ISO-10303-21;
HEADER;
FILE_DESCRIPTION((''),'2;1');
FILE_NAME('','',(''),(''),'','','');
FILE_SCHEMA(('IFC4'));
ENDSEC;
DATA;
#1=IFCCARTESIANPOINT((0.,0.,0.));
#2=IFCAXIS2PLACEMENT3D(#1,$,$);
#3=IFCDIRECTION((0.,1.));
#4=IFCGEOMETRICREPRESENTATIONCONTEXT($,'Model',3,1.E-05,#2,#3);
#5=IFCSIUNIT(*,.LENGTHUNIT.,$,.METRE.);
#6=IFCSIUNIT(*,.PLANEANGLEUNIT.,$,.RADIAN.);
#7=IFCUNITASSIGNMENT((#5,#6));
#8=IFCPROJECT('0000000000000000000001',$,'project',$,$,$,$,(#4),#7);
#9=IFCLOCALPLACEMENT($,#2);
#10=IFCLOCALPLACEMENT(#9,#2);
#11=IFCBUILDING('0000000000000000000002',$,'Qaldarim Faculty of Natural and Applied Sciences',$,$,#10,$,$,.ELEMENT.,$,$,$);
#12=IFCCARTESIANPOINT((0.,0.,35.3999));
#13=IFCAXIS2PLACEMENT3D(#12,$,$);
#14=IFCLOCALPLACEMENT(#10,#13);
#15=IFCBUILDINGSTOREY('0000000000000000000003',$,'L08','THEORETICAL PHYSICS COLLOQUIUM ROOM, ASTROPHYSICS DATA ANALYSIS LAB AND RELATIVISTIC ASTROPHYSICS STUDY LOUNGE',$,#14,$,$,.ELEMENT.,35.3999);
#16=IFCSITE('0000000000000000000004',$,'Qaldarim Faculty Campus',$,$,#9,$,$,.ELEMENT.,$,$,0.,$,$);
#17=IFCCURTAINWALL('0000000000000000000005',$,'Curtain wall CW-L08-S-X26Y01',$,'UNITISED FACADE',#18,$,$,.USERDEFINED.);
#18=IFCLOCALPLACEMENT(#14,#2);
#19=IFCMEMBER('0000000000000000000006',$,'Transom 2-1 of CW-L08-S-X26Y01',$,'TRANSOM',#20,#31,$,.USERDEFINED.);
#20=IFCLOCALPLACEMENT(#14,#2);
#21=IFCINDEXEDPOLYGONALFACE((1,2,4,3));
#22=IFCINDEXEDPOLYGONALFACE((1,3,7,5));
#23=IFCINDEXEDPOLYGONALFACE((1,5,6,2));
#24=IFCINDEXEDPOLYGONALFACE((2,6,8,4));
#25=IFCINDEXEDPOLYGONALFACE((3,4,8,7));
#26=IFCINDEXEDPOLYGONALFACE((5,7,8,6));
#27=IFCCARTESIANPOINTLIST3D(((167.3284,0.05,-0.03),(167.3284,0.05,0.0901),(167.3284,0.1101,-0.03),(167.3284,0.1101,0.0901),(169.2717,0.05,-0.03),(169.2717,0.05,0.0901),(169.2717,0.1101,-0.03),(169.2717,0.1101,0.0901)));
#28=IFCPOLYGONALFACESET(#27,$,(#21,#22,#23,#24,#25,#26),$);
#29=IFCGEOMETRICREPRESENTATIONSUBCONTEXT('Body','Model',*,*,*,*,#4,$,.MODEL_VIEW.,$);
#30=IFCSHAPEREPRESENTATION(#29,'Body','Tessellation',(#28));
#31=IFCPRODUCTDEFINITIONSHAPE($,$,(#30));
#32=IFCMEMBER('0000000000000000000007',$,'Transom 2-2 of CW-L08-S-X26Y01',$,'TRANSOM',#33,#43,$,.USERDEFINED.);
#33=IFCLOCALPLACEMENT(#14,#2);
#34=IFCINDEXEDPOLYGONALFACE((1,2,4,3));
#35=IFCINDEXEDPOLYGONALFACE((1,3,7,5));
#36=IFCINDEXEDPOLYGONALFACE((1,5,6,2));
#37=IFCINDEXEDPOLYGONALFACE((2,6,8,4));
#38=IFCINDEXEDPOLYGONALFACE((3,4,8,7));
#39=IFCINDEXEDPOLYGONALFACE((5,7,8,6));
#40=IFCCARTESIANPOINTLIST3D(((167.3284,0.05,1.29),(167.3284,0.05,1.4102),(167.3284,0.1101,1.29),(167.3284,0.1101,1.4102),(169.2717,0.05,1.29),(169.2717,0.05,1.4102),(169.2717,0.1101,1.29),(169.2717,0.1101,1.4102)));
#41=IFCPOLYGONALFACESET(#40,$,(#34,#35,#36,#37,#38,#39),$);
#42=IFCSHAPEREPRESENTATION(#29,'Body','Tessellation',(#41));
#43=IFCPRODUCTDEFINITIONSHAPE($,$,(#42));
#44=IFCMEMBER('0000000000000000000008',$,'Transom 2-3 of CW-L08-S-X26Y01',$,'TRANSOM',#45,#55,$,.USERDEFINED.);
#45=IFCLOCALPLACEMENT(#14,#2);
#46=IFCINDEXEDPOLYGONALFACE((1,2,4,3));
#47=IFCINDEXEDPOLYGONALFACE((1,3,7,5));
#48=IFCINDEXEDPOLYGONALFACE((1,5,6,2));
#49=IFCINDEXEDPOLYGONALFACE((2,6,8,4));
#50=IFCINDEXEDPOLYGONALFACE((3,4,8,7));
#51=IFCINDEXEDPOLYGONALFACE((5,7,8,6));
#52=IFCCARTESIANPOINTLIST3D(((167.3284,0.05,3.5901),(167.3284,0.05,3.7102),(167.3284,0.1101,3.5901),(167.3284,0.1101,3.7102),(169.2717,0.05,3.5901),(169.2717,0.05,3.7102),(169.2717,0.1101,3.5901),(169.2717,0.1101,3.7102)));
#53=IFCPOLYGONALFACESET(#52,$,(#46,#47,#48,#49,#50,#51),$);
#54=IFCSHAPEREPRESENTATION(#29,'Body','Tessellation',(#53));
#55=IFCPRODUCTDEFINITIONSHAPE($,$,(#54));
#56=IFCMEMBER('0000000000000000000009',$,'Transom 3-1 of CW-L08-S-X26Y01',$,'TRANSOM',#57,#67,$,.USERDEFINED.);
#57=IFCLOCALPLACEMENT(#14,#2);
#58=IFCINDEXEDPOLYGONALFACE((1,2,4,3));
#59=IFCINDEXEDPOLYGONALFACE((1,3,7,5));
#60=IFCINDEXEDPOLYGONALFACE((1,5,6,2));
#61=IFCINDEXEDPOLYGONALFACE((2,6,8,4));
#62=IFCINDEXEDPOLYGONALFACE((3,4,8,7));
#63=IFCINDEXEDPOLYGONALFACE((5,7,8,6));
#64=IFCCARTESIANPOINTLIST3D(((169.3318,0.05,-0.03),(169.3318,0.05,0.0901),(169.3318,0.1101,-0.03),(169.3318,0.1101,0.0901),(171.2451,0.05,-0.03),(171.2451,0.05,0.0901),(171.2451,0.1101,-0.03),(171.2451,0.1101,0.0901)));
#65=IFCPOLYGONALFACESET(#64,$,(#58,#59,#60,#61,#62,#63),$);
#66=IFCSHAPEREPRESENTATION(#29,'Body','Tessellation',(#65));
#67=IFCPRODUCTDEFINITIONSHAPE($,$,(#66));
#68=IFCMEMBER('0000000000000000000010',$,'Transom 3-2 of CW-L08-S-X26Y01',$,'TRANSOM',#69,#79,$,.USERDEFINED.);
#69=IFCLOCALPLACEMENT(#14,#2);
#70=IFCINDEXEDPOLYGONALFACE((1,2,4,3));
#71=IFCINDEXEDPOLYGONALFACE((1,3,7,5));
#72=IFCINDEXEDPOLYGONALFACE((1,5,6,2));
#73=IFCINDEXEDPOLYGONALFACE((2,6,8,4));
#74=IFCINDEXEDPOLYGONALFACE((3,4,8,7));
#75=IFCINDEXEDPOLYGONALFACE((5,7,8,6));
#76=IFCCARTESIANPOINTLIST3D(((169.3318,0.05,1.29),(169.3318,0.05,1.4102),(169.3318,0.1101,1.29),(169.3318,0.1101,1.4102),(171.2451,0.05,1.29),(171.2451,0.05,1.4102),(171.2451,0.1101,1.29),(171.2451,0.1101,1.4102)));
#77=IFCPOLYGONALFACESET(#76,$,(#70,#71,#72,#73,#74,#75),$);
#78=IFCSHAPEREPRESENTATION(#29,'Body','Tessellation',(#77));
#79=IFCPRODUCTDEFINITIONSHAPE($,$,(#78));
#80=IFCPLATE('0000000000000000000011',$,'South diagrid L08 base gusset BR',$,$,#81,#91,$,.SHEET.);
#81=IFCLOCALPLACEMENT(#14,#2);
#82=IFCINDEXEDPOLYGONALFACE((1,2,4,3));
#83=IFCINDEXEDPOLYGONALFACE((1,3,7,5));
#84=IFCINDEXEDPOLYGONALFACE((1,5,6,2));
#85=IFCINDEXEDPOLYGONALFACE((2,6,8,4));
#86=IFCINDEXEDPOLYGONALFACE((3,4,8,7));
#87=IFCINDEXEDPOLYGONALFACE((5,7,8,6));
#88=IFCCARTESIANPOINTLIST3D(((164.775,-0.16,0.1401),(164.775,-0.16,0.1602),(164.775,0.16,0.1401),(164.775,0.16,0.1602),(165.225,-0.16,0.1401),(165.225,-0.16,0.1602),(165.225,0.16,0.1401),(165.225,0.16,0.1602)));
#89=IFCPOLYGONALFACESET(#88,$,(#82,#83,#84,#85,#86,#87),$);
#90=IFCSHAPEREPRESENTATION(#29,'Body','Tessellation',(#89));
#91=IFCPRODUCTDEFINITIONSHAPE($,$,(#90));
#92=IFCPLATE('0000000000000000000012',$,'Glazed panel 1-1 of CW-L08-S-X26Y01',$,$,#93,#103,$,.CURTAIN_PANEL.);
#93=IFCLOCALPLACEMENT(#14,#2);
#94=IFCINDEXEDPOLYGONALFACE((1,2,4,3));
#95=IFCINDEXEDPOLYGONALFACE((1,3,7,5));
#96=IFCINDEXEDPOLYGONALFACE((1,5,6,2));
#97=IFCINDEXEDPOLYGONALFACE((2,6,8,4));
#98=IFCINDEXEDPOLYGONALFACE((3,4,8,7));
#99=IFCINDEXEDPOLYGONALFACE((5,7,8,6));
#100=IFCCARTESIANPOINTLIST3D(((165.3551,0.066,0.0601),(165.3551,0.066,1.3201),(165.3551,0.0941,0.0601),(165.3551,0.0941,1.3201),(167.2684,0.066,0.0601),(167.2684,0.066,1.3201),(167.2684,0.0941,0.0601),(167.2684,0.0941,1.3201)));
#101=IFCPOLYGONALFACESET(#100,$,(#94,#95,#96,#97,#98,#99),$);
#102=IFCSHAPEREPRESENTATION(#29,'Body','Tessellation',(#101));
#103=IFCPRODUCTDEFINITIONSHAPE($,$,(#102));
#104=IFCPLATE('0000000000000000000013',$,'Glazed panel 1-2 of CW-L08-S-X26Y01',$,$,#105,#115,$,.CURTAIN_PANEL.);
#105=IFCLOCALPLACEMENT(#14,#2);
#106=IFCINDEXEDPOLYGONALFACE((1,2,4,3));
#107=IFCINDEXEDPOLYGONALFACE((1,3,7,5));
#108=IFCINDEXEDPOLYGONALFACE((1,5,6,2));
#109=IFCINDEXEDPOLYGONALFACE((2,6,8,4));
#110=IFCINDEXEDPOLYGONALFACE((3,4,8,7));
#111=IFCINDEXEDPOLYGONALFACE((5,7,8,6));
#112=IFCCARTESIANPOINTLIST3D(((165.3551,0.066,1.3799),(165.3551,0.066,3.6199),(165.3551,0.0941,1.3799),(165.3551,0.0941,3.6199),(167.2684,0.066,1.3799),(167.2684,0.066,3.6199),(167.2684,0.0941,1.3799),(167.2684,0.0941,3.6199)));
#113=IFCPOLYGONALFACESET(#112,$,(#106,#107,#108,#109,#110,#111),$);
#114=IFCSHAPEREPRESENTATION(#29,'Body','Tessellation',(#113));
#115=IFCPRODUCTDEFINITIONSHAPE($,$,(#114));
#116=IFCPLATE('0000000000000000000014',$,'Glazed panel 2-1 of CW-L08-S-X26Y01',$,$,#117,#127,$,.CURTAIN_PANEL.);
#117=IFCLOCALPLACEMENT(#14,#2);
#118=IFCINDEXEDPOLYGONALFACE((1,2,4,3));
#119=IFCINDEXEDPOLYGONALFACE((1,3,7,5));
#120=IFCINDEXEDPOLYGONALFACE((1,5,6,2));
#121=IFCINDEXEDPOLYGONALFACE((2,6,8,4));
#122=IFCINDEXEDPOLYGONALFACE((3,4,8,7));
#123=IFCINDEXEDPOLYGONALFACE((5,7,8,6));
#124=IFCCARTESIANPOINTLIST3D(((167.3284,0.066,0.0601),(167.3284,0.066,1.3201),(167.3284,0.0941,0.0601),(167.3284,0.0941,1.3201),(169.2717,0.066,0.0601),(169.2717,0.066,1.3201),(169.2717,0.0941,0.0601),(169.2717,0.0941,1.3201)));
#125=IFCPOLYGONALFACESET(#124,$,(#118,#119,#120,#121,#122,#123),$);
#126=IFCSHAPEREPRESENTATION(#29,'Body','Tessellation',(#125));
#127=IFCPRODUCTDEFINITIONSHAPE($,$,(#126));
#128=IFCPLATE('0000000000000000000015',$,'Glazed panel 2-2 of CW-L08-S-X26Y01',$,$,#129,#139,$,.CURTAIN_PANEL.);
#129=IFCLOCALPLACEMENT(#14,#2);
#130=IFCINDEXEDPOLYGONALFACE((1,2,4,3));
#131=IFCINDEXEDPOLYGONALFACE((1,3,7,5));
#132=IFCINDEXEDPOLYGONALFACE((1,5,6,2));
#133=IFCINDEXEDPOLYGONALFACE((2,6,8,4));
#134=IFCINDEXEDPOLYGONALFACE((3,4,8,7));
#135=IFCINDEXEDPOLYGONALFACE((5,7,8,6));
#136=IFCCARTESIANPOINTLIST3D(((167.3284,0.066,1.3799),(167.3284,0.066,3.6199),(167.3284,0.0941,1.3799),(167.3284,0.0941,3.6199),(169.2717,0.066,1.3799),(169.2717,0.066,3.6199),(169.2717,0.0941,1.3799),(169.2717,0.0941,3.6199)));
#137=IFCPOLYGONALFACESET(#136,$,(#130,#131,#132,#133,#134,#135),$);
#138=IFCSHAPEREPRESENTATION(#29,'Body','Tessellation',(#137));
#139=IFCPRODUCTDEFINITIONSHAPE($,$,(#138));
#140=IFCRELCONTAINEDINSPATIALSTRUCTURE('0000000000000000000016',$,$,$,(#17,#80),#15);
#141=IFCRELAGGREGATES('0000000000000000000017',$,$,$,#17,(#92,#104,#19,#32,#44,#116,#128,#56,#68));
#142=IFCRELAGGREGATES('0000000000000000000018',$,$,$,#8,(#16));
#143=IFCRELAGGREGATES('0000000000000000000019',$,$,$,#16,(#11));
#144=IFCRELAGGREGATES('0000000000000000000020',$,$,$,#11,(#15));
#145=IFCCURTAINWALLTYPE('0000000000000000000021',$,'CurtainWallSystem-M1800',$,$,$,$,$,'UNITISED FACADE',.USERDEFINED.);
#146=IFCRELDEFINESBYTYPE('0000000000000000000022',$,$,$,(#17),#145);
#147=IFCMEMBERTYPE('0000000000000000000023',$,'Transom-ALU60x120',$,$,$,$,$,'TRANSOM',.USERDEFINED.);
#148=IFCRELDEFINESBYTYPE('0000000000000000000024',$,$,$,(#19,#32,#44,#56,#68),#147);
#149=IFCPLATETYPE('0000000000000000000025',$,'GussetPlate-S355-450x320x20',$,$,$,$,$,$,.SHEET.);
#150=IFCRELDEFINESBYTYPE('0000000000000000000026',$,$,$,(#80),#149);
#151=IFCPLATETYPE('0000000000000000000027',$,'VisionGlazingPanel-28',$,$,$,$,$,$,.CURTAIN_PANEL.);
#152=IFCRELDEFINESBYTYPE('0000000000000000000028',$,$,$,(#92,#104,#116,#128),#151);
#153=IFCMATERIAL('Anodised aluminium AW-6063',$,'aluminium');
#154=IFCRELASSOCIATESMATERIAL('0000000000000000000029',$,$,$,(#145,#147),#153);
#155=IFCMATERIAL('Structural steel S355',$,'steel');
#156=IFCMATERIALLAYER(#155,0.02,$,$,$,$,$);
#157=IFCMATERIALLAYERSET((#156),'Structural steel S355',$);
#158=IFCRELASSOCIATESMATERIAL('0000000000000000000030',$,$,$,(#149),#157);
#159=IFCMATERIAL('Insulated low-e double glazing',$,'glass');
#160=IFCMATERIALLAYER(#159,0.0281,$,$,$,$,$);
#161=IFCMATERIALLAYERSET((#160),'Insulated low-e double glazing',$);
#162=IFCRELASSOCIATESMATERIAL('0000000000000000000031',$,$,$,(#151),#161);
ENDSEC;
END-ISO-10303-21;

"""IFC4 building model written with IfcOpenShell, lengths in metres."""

from ifc_helpers import new_model, si_unit, direction, frame, origin, origin_2d, place, context, subcontext, project, spatial, rectangle, extrude, material, layer, layer_set, material_profile, profile_set, type_object, element, aggregate, save


model = new_model("IFC4")

# Units and contexts
model_context = context("Model", 3, precision=1e-05, world=origin(), true_north=direction((0.0, 1.0)))
body_context = subcontext(model_context, "Body", "Model", "MODEL_VIEW")
ifc_project = project(units=[si_unit("LENGTHUNIT", "METRE"), si_unit("PLANEANGLEUNIT", "RADIAN")], contexts=[model_context])

# Site, building, storey
site_placement = place(None, origin())
site = spatial("IfcSite", under=ifc_project, at=site_placement, Name="Qaldarim Faculty Campus", CompositionType="ELEMENT", RefElevation=0.0)
building_placement = place(site_placement, origin())
building = spatial("IfcBuilding", under=site, at=building_placement, Name="Qaldarim Faculty of Natural and Applied Sciences", CompositionType="ELEMENT")
storey_placement = place(building_placement, frame((0.0, 0.0, 35.3999)))
storey = spatial("IfcBuildingStorey", under=building, at=storey_placement, Name="L08", Description="THEORETICAL PHYSICS COLLOQUIUM ROOM, ASTROPHYSICS DATA ANALYSIS LAB AND RELATIVISTIC ASTROPHYSICS STUDY LOUNGE", CompositionType="ELEMENT", Elevation=35.3999)

# Curtain wall
ifc_material_1 = material(Name="Anodised aluminium AW-6063", Category="aluminium")
curtain_wall_type = type_object("IfcCurtainWallType", Name="CurtainWallSystem-M1800", ElementType="UNITISED FACADE", PredefinedType="USERDEFINED", material=ifc_material_1)
curtain_wall_placement = place(storey_placement, origin())
curtain_wall = element("IfcCurtainWall", 1, at=curtain_wall_placement, inside=storey, type_object=curtain_wall_type, Name="Curtain wall CW-L08-S-X26Y01", ObjectType="UNITISED FACADE", PredefinedType="USERDEFINED")

# Shared definitions
ifc_material_2 = material(Name="Structural steel S355", Category="steel")

# Members
ifc_material_profile_1 = material_profile(ifc_material_1, rectangle(XDim=0.0601, YDim=0.1201, at=origin_2d()), Name="ALU-T60x120")
ifc_profile_set_1 = profile_set([ifc_material_profile_1], Name="Anodised aluminium AW-6063")
member_type_1 = type_object("IfcMemberType", Name="Transom-ALU60x120", ElementType="TRANSOM", PredefinedType="USERDEFINED", material=ifc_profile_set_1)
member_1_placement = place(storey_placement, frame((167.3284, 0.0801, 0.03), z_axis=(1.0, 0.0, 0.0), x_axis=(0.0, 1.0, 0.0)))
member_1 = element("IfcMember", 2, at=member_1_placement, type_object=member_type_1, Name="Transom 2-1 of CW-L08-S-X26Y01", ObjectType="TRANSOM", PredefinedType="USERDEFINED", context=body_context, shape_type="SweptSolid", body=[
    extrude(rectangle(XDim=0.0601, YDim=0.1201, at=origin_2d()), origin(), (0.0, 0.0, 1.0), 1.9434),
])
member_2_placement = place(storey_placement, frame((167.3284, 0.0801, 1.3501), z_axis=(1.0, 0.0, 0.0), x_axis=(0.0, 1.0, 0.0)))
member_2 = element("IfcMember", 3, at=member_2_placement, type_object=member_type_1, Name="Transom 2-2 of CW-L08-S-X26Y01", ObjectType="TRANSOM", PredefinedType="USERDEFINED", context=body_context, shape_type="SweptSolid", body=[
    extrude(rectangle(XDim=0.0601, YDim=0.1201, at=origin_2d()), origin(), (0.0, 0.0, 1.0), 1.9434),
])
member_3_placement = place(storey_placement, frame((167.3284, 0.0801, 3.6501), z_axis=(1.0, 0.0, 0.0), x_axis=(0.0, 1.0, 0.0)))
member_3 = element("IfcMember", 4, at=member_3_placement, type_object=member_type_1, Name="Transom 2-3 of CW-L08-S-X26Y01", ObjectType="TRANSOM", PredefinedType="USERDEFINED", context=body_context, shape_type="SweptSolid", body=[
    extrude(rectangle(XDim=0.0601, YDim=0.1201, at=origin_2d()), origin(), (0.0, 0.0, 1.0), 1.9434),
])
member_4_placement = place(storey_placement, frame((169.3318, 0.0801, 0.03), z_axis=(1.0, 0.0, 0.0), x_axis=(0.0, 1.0, 0.0)))
member_4 = element("IfcMember", 5, at=member_4_placement, type_object=member_type_1, Name="Transom 3-1 of CW-L08-S-X26Y01", ObjectType="TRANSOM", PredefinedType="USERDEFINED", context=body_context, shape_type="SweptSolid", body=[
    extrude(rectangle(XDim=0.0601, YDim=0.1201, at=origin_2d()), origin(), (0.0, 0.0, 1.0), 1.9133),
])
member_5_placement = place(storey_placement, frame((169.3318, 0.0801, 1.3501), z_axis=(1.0, 0.0, 0.0), x_axis=(0.0, 1.0, 0.0)))
member_5 = element("IfcMember", 6, at=member_5_placement, type_object=member_type_1, Name="Transom 3-2 of CW-L08-S-X26Y01", ObjectType="TRANSOM", PredefinedType="USERDEFINED", context=body_context, shape_type="SweptSolid", body=[
    extrude(rectangle(XDim=0.0601, YDim=0.1201, at=origin_2d()), origin(), (0.0, 0.0, 1.0), 1.9133),
])

# Plates
ifc_layer_1 = layer(ifc_material_2, 0.02)
ifc_layer_set_1 = layer_set([ifc_layer_1], Name="Structural steel S355")
plate_type_1 = type_object("IfcPlateType", Name="GussetPlate-S355-450x320x20", PredefinedType="SHEET", material=ifc_layer_set_1)
plate_1_placement = place(storey_placement, frame((165.0, 0.0, 0.1401), z_axis=(0.0, 0.0, 1.0), x_axis=(1.0, 0.0, 0.0)))
element("IfcPlate", 7, at=plate_1_placement, inside=storey, type_object=plate_type_1, Name="South diagrid L08 base gusset BR", PredefinedType="SHEET", context=body_context, shape_type="SweptSolid", body=[
    extrude(rectangle(XDim=0.45, YDim=0.3201, at=origin_2d()), origin(), (0.0, 0.0, 1.0), 0.02),
])
ifc_material_3 = material(Name="Insulated low-e double glazing", Category="glass")
ifc_layer_2 = layer(ifc_material_3, 0.0281)
ifc_layer_set_2 = layer_set([ifc_layer_2], Name="Insulated low-e double glazing")
plate_type_2 = type_object("IfcPlateType", Name="VisionGlazingPanel-28", PredefinedType="CURTAIN_PANEL", material=ifc_layer_set_2)
plate_2_placement = place(storey_placement, frame((166.3118, 0.0801, 0.0601), z_axis=(0.0, 0.0, 1.0), x_axis=(1.0, 0.0, 0.0)))
plate_2 = element("IfcPlate", 8, at=plate_2_placement, type_object=plate_type_2, Name="Glazed panel 1-1 of CW-L08-S-X26Y01", PredefinedType="CURTAIN_PANEL", context=body_context, shape_type="SweptSolid", body=[
    extrude(rectangle(XDim=1.9133, YDim=0.0281, at=origin_2d()), origin(), (0.0, 0.0, 1.0), 1.26),
])
plate_3_placement = place(storey_placement, frame((166.3118, 0.0801, 1.3799), z_axis=(0.0, 0.0, 1.0), x_axis=(1.0, 0.0, 0.0)))
plate_3 = element("IfcPlate", 9, at=plate_3_placement, type_object=plate_type_2, Name="Glazed panel 1-2 of CW-L08-S-X26Y01", PredefinedType="CURTAIN_PANEL", context=body_context, shape_type="SweptSolid", body=[
    extrude(rectangle(XDim=1.9133, YDim=0.0281, at=origin_2d()), origin(), (0.0, 0.0, 1.0), 2.24),
])
plate_4_placement = place(storey_placement, frame((168.3, 0.0801, 0.0601), z_axis=(0.0, 0.0, 1.0), x_axis=(1.0, 0.0, 0.0)))
plate_4 = element("IfcPlate", 10, at=plate_4_placement, type_object=plate_type_2, Name="Glazed panel 2-1 of CW-L08-S-X26Y01", PredefinedType="CURTAIN_PANEL", context=body_context, shape_type="SweptSolid", body=[
    extrude(rectangle(XDim=1.9434, YDim=0.0281, at=origin_2d()), origin(), (0.0, 0.0, 1.0), 1.26),
])
plate_5_placement = place(storey_placement, frame((168.3, 0.0801, 1.3799), z_axis=(0.0, 0.0, 1.0), x_axis=(1.0, 0.0, 0.0)))
plate_5 = element("IfcPlate", 11, at=plate_5_placement, type_object=plate_type_2, Name="Glazed panel 2-2 of CW-L08-S-X26Y01", PredefinedType="CURTAIN_PANEL", context=body_context, shape_type="SweptSolid", body=[
    extrude(rectangle(XDim=1.9434, YDim=0.0281, at=origin_2d()), origin(), (0.0, 0.0, 1.0), 2.24),
])
aggregate(curtain_wall, [plate_2, plate_3, member_1, member_2, member_3, plate_4, plate_5, member_4, member_5])

save(model, "model.ifc")
